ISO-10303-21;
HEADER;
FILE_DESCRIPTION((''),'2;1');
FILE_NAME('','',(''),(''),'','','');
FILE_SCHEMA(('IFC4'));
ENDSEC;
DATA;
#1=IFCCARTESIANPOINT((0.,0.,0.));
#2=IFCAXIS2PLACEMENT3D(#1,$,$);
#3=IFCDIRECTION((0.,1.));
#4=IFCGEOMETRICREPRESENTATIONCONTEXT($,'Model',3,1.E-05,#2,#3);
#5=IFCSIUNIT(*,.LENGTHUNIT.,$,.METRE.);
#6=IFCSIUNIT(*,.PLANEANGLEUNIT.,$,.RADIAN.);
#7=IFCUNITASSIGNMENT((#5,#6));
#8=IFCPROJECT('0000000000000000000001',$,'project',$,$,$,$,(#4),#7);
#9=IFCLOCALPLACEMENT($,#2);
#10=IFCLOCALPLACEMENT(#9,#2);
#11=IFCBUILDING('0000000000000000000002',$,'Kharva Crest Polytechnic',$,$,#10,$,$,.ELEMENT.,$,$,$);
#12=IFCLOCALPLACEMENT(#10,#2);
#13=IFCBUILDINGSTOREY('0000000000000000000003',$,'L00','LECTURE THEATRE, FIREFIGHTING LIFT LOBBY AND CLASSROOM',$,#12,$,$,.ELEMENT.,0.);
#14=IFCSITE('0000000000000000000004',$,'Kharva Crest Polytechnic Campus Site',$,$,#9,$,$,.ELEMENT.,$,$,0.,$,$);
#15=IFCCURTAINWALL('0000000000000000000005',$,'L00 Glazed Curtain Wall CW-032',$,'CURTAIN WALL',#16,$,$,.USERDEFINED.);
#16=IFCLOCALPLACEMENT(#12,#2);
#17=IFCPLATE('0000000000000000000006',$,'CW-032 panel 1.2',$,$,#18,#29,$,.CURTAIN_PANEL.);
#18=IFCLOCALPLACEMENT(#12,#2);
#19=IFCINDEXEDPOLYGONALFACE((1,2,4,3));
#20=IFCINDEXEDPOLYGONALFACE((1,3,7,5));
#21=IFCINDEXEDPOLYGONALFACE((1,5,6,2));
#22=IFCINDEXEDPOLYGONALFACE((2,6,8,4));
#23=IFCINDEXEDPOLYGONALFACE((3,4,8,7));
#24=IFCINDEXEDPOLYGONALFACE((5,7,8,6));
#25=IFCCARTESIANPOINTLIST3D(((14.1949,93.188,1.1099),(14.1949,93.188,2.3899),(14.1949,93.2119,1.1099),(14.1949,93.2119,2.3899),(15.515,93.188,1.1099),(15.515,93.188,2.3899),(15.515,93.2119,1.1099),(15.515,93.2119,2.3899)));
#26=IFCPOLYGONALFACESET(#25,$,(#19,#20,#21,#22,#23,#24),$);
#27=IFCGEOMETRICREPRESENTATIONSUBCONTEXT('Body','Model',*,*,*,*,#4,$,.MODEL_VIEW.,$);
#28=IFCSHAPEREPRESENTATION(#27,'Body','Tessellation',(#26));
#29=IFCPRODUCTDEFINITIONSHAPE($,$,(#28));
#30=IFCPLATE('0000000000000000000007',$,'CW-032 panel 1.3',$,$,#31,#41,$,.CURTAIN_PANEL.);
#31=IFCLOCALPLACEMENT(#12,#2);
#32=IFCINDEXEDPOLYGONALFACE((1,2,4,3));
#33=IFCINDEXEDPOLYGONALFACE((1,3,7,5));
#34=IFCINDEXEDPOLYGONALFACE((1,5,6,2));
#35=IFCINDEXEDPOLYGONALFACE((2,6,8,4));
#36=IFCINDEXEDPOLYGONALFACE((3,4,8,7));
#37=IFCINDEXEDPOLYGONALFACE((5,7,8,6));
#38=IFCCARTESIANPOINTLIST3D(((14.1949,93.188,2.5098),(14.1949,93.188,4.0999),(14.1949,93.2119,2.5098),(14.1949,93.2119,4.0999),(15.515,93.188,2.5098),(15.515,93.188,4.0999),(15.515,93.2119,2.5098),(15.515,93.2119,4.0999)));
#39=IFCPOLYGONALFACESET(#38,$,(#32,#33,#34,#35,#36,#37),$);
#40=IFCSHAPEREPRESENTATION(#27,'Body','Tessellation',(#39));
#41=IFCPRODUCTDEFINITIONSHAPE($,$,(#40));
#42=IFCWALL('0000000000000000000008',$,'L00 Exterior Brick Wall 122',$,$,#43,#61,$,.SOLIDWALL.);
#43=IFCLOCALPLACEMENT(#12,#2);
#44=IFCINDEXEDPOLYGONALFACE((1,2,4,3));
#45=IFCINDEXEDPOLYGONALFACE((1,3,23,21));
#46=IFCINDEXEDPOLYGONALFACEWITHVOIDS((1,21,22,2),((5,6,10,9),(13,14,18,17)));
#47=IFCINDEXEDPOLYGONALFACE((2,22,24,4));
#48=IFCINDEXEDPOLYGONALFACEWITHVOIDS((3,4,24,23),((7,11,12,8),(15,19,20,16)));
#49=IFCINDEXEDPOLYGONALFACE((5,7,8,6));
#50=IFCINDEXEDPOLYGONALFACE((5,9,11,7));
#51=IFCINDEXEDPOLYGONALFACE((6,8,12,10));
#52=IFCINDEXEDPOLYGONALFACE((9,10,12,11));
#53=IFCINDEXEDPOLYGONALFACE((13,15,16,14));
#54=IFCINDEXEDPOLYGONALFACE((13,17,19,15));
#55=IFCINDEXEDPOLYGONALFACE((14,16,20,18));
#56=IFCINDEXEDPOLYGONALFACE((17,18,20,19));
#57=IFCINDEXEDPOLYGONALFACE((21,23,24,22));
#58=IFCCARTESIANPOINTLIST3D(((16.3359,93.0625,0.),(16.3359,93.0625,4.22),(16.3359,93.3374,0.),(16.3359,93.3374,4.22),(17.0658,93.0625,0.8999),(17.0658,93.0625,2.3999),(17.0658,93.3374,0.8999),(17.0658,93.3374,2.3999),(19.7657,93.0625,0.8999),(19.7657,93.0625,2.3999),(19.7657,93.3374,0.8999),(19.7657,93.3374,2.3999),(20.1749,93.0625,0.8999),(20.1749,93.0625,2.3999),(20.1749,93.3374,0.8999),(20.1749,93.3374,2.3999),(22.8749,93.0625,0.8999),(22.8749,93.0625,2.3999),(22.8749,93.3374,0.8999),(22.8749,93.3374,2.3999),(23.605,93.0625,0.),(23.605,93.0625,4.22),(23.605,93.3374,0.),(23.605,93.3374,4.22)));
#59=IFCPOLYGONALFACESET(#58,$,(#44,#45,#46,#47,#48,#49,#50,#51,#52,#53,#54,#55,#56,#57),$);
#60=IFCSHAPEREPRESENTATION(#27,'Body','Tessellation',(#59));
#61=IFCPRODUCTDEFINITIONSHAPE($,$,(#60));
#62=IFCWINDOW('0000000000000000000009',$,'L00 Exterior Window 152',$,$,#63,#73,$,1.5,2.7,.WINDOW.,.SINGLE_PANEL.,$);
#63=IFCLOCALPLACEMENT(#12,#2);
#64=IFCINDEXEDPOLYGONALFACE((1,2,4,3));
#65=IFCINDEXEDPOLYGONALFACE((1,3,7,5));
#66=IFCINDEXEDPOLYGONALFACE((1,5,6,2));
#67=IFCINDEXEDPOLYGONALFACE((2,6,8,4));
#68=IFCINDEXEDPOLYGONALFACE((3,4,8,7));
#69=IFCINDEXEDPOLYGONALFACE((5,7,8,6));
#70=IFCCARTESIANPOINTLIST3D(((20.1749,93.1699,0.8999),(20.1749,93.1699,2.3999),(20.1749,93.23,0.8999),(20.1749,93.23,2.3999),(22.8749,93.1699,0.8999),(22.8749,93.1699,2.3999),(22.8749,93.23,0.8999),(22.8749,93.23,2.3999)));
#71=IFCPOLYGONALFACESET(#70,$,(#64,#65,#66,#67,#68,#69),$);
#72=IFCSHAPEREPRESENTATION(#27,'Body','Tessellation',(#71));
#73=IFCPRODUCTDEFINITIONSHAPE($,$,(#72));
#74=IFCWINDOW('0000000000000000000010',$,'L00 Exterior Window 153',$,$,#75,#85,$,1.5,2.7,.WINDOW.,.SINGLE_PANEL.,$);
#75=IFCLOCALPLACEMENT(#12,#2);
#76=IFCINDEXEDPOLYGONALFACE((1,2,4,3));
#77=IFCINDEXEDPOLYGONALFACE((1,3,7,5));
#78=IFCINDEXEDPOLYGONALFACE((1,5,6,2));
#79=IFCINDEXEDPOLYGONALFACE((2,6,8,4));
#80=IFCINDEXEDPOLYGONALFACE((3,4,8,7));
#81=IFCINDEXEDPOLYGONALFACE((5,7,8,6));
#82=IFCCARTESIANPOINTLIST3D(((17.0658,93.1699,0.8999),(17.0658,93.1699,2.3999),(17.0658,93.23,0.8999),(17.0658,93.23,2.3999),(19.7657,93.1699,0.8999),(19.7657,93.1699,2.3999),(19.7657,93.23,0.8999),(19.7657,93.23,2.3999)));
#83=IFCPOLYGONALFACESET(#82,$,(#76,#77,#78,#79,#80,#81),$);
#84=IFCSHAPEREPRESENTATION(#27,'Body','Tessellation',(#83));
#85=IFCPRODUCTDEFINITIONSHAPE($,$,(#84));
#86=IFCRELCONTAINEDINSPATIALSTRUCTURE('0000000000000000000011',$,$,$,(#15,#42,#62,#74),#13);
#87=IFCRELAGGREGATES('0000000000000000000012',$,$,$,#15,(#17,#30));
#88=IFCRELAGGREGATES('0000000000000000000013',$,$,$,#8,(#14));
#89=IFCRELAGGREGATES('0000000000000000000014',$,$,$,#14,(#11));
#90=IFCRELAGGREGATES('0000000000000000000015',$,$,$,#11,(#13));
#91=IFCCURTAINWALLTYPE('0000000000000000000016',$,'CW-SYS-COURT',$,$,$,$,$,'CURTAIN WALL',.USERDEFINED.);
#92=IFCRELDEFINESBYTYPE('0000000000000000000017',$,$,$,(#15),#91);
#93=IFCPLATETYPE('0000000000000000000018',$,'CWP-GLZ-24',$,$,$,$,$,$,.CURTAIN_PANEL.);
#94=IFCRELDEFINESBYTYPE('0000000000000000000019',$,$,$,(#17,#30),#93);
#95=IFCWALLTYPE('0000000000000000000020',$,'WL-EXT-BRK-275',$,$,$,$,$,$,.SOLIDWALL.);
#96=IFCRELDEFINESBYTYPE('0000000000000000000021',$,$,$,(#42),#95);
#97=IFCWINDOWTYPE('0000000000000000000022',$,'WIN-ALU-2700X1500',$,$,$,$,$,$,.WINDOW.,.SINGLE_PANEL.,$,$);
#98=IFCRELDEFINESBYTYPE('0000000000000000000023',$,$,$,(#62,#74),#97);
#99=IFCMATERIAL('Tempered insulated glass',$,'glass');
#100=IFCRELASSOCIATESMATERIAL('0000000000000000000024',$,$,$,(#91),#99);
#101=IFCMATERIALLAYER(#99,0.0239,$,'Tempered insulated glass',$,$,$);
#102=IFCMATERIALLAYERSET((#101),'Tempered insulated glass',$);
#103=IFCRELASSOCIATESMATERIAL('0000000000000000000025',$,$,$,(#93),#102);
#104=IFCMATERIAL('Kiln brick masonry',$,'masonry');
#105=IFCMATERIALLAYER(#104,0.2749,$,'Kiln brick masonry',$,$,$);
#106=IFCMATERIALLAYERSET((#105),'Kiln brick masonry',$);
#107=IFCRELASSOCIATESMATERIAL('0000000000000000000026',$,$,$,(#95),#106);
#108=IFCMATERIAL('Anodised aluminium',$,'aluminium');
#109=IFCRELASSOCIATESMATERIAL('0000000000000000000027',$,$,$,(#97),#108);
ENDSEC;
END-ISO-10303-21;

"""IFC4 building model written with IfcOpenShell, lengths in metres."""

from ifc_helpers import new_model, si_unit, direction, frame, frame_2d, origin, origin_2d, place, context, subcontext, project, spatial, rectangle, extrude, material, layer, layer_set, type_object, element, fill, aggregate, save


model = new_model("IFC4")

# Units and contexts
model_context = context("Model", 3, precision=1e-05, world=origin(), true_north=direction((0.0, 1.0)))
body_context = subcontext(model_context, "Body", "Model", "MODEL_VIEW")
ifc_project = project(units=[si_unit("LENGTHUNIT", "METRE"), si_unit("PLANEANGLEUNIT", "RADIAN")], contexts=[model_context])

# Site, building, storey
site_placement = place(None, origin())
site = spatial("IfcSite", under=ifc_project, at=site_placement, Name="Kharva Crest Polytechnic Campus Site", CompositionType="ELEMENT", RefElevation=0.0)
building_placement = place(site_placement, origin())
building = spatial("IfcBuilding", under=site, at=building_placement, Name="Kharva Crest Polytechnic", CompositionType="ELEMENT")
storey_placement = place(building_placement, origin())
storey = spatial("IfcBuildingStorey", under=building, at=storey_placement, Name="L00", Description="LECTURE THEATRE, FIREFIGHTING LIFT LOBBY AND CLASSROOM", CompositionType="ELEMENT", Elevation=0.0)

# Shared definitions
ifc_material_1 = material(Name="Tempered insulated glass", Category="glass")
curtain_wall_type = type_object("IfcCurtainWallType", Name="CW-SYS-COURT", ElementType="CURTAIN WALL", PredefinedType="USERDEFINED", material=ifc_material_1)

# Curtain wall
curtain_wall_1_placement = place(storey_placement, origin())
curtain_wall_1 = element("IfcCurtainWall", 1, at=curtain_wall_1_placement, inside=storey, type_object=curtain_wall_type, Name="L00 Glazed Curtain Wall CW-032", ObjectType="CURTAIN WALL", PredefinedType="USERDEFINED")

# Plates
ifc_layer_1 = layer(ifc_material_1, 0.0239, Name="Tempered insulated glass")
ifc_layer_set_1 = layer_set([ifc_layer_1], Name="Tempered insulated glass")
plate_type = type_object("IfcPlateType", Name="CWP-GLZ-24", PredefinedType="CURTAIN_PANEL", material=ifc_layer_set_1)
plate_1_placement = place(storey_placement, frame((14.855, 93.2, 1.1099), z_axis=(0.0, 0.0, 1.0), x_axis=(-1.0, 0.0, 0.0)))
plate_1 = element("IfcPlate", 2, at=plate_1_placement, type_object=plate_type, Name="CW-032 panel 1.2", PredefinedType="CURTAIN_PANEL", context=body_context, shape_type="SweptSolid", body=[
    extrude(rectangle(XDim=1.3201, YDim=0.0239, at=origin_2d()), origin(), (0.0, 0.0, 1.0), 1.28),
])
plate_2_placement = place(storey_placement, frame((14.855, 93.2, 2.5098), z_axis=(0.0, 0.0, 1.0), x_axis=(-1.0, 0.0, 0.0)))
plate_2 = element("IfcPlate", 3, at=plate_2_placement, type_object=plate_type, Name="CW-032 panel 1.3", PredefinedType="CURTAIN_PANEL", context=body_context, shape_type="SweptSolid", body=[
    extrude(rectangle(XDim=1.3201, YDim=0.0239, at=origin_2d()), origin(), (0.0, 0.0, 1.0), 1.5901),
])
aggregate(curtain_wall_1, [plate_1, plate_2])

# Wall, openings, windows
ifc_material_2 = material(Name="Kiln brick masonry", Category="masonry")
ifc_layer_2 = layer(ifc_material_2, 0.2749, Name="Kiln brick masonry")
ifc_layer_set_2 = layer_set([ifc_layer_2], Name="Kiln brick masonry")
wall_type = type_object("IfcWallType", Name="WL-EXT-BRK-275", PredefinedType="SOLIDWALL", material=ifc_layer_set_2)
wall_placement = place(storey_placement, frame((23.605, 93.2, 0.0), z_axis=(0.0, 0.0, 1.0), x_axis=(-1.0, 0.0, 0.0)))
wall = element("IfcWall", 4, at=wall_placement, inside=storey, type_object=wall_type, Name="L00 Exterior Brick Wall 122", PredefinedType="SOLIDWALL", context=body_context, shape_type="SweptSolid", body=[
    extrude(rectangle(XDim=7.269, YDim=0.2749, at=frame_2d((3.6345, 0.0))), origin(), (0.0, 0.0, 1.0), 4.22),
])
opening_1_placement = place(wall_placement, frame((0.73, 0.0, 0.8999)))
opening_1 = element("IfcOpeningElement", 5, at=opening_1_placement, cuts=wall, PredefinedType="OPENING", context=body_context, shape_type="SweptSolid", body=[
    extrude(rectangle(XDim=2.7, YDim=1.5, at=frame_2d((1.3501, 0.75))), frame((0.0, 0.1475, 0.0), z_axis=(0.0, -1.0, 0.0), x_axis=(1.0, 0.0, 0.0)), (0.0, 0.0, 1.0), 0.2949),
])
opening_2_placement = place(wall_placement, frame((3.8391, 0.0, 0.8999)))
opening_2 = element("IfcOpeningElement", 6, at=opening_2_placement, cuts=wall, PredefinedType="OPENING", context=body_context, shape_type="SweptSolid", body=[
    extrude(rectangle(XDim=2.7, YDim=1.5, at=frame_2d((1.3501, 0.75))), frame((0.0, 0.1475, 0.0), z_axis=(0.0, -1.0, 0.0), x_axis=(1.0, 0.0, 0.0)), (0.0, 0.0, 1.0), 0.2949),
])
ifc_material_3 = material(Name="Anodised aluminium", Category="aluminium")
window_type = type_object("IfcWindowType", Name="WIN-ALU-2700X1500", PartitioningType="SINGLE_PANEL", PredefinedType="WINDOW", material=ifc_material_3)
window_1_placement = place(opening_1_placement, origin())
window_1 = element("IfcWindow", 7, at=window_1_placement, inside=storey, type_object=window_type, Name="L00 Exterior Window 152", OverallHeight=1.5, OverallWidth=2.7, PartitioningType="SINGLE_PANEL", PredefinedType="WINDOW", context=body_context, shape_type="SweptSolid", body=[
    extrude(rectangle(XDim=2.7, YDim=1.5, at=frame_2d((1.3501, 0.75))), frame((0.0, 0.03, 0.0), z_axis=(0.0, -1.0, 0.0), x_axis=(1.0, 0.0, 0.0)), (0.0, 0.0, 1.0), 0.0601),
])
fill(opening_1, window_1)
window_2_placement = place(opening_2_placement, origin())
window_2 = element("IfcWindow", 8, at=window_2_placement, inside=storey, type_object=window_type, Name="L00 Exterior Window 153", OverallHeight=1.5, OverallWidth=2.7, PartitioningType="SINGLE_PANEL", PredefinedType="WINDOW", context=body_context, shape_type="SweptSolid", body=[
    extrude(rectangle(XDim=2.7, YDim=1.5, at=frame_2d((1.3501, 0.75))), frame((0.0, 0.03, 0.0), z_axis=(0.0, -1.0, 0.0), x_axis=(1.0, 0.0, 0.0)), (0.0, 0.0, 1.0), 0.0601),
])
fill(opening_2, window_2)

save(model, "model.ifc")
